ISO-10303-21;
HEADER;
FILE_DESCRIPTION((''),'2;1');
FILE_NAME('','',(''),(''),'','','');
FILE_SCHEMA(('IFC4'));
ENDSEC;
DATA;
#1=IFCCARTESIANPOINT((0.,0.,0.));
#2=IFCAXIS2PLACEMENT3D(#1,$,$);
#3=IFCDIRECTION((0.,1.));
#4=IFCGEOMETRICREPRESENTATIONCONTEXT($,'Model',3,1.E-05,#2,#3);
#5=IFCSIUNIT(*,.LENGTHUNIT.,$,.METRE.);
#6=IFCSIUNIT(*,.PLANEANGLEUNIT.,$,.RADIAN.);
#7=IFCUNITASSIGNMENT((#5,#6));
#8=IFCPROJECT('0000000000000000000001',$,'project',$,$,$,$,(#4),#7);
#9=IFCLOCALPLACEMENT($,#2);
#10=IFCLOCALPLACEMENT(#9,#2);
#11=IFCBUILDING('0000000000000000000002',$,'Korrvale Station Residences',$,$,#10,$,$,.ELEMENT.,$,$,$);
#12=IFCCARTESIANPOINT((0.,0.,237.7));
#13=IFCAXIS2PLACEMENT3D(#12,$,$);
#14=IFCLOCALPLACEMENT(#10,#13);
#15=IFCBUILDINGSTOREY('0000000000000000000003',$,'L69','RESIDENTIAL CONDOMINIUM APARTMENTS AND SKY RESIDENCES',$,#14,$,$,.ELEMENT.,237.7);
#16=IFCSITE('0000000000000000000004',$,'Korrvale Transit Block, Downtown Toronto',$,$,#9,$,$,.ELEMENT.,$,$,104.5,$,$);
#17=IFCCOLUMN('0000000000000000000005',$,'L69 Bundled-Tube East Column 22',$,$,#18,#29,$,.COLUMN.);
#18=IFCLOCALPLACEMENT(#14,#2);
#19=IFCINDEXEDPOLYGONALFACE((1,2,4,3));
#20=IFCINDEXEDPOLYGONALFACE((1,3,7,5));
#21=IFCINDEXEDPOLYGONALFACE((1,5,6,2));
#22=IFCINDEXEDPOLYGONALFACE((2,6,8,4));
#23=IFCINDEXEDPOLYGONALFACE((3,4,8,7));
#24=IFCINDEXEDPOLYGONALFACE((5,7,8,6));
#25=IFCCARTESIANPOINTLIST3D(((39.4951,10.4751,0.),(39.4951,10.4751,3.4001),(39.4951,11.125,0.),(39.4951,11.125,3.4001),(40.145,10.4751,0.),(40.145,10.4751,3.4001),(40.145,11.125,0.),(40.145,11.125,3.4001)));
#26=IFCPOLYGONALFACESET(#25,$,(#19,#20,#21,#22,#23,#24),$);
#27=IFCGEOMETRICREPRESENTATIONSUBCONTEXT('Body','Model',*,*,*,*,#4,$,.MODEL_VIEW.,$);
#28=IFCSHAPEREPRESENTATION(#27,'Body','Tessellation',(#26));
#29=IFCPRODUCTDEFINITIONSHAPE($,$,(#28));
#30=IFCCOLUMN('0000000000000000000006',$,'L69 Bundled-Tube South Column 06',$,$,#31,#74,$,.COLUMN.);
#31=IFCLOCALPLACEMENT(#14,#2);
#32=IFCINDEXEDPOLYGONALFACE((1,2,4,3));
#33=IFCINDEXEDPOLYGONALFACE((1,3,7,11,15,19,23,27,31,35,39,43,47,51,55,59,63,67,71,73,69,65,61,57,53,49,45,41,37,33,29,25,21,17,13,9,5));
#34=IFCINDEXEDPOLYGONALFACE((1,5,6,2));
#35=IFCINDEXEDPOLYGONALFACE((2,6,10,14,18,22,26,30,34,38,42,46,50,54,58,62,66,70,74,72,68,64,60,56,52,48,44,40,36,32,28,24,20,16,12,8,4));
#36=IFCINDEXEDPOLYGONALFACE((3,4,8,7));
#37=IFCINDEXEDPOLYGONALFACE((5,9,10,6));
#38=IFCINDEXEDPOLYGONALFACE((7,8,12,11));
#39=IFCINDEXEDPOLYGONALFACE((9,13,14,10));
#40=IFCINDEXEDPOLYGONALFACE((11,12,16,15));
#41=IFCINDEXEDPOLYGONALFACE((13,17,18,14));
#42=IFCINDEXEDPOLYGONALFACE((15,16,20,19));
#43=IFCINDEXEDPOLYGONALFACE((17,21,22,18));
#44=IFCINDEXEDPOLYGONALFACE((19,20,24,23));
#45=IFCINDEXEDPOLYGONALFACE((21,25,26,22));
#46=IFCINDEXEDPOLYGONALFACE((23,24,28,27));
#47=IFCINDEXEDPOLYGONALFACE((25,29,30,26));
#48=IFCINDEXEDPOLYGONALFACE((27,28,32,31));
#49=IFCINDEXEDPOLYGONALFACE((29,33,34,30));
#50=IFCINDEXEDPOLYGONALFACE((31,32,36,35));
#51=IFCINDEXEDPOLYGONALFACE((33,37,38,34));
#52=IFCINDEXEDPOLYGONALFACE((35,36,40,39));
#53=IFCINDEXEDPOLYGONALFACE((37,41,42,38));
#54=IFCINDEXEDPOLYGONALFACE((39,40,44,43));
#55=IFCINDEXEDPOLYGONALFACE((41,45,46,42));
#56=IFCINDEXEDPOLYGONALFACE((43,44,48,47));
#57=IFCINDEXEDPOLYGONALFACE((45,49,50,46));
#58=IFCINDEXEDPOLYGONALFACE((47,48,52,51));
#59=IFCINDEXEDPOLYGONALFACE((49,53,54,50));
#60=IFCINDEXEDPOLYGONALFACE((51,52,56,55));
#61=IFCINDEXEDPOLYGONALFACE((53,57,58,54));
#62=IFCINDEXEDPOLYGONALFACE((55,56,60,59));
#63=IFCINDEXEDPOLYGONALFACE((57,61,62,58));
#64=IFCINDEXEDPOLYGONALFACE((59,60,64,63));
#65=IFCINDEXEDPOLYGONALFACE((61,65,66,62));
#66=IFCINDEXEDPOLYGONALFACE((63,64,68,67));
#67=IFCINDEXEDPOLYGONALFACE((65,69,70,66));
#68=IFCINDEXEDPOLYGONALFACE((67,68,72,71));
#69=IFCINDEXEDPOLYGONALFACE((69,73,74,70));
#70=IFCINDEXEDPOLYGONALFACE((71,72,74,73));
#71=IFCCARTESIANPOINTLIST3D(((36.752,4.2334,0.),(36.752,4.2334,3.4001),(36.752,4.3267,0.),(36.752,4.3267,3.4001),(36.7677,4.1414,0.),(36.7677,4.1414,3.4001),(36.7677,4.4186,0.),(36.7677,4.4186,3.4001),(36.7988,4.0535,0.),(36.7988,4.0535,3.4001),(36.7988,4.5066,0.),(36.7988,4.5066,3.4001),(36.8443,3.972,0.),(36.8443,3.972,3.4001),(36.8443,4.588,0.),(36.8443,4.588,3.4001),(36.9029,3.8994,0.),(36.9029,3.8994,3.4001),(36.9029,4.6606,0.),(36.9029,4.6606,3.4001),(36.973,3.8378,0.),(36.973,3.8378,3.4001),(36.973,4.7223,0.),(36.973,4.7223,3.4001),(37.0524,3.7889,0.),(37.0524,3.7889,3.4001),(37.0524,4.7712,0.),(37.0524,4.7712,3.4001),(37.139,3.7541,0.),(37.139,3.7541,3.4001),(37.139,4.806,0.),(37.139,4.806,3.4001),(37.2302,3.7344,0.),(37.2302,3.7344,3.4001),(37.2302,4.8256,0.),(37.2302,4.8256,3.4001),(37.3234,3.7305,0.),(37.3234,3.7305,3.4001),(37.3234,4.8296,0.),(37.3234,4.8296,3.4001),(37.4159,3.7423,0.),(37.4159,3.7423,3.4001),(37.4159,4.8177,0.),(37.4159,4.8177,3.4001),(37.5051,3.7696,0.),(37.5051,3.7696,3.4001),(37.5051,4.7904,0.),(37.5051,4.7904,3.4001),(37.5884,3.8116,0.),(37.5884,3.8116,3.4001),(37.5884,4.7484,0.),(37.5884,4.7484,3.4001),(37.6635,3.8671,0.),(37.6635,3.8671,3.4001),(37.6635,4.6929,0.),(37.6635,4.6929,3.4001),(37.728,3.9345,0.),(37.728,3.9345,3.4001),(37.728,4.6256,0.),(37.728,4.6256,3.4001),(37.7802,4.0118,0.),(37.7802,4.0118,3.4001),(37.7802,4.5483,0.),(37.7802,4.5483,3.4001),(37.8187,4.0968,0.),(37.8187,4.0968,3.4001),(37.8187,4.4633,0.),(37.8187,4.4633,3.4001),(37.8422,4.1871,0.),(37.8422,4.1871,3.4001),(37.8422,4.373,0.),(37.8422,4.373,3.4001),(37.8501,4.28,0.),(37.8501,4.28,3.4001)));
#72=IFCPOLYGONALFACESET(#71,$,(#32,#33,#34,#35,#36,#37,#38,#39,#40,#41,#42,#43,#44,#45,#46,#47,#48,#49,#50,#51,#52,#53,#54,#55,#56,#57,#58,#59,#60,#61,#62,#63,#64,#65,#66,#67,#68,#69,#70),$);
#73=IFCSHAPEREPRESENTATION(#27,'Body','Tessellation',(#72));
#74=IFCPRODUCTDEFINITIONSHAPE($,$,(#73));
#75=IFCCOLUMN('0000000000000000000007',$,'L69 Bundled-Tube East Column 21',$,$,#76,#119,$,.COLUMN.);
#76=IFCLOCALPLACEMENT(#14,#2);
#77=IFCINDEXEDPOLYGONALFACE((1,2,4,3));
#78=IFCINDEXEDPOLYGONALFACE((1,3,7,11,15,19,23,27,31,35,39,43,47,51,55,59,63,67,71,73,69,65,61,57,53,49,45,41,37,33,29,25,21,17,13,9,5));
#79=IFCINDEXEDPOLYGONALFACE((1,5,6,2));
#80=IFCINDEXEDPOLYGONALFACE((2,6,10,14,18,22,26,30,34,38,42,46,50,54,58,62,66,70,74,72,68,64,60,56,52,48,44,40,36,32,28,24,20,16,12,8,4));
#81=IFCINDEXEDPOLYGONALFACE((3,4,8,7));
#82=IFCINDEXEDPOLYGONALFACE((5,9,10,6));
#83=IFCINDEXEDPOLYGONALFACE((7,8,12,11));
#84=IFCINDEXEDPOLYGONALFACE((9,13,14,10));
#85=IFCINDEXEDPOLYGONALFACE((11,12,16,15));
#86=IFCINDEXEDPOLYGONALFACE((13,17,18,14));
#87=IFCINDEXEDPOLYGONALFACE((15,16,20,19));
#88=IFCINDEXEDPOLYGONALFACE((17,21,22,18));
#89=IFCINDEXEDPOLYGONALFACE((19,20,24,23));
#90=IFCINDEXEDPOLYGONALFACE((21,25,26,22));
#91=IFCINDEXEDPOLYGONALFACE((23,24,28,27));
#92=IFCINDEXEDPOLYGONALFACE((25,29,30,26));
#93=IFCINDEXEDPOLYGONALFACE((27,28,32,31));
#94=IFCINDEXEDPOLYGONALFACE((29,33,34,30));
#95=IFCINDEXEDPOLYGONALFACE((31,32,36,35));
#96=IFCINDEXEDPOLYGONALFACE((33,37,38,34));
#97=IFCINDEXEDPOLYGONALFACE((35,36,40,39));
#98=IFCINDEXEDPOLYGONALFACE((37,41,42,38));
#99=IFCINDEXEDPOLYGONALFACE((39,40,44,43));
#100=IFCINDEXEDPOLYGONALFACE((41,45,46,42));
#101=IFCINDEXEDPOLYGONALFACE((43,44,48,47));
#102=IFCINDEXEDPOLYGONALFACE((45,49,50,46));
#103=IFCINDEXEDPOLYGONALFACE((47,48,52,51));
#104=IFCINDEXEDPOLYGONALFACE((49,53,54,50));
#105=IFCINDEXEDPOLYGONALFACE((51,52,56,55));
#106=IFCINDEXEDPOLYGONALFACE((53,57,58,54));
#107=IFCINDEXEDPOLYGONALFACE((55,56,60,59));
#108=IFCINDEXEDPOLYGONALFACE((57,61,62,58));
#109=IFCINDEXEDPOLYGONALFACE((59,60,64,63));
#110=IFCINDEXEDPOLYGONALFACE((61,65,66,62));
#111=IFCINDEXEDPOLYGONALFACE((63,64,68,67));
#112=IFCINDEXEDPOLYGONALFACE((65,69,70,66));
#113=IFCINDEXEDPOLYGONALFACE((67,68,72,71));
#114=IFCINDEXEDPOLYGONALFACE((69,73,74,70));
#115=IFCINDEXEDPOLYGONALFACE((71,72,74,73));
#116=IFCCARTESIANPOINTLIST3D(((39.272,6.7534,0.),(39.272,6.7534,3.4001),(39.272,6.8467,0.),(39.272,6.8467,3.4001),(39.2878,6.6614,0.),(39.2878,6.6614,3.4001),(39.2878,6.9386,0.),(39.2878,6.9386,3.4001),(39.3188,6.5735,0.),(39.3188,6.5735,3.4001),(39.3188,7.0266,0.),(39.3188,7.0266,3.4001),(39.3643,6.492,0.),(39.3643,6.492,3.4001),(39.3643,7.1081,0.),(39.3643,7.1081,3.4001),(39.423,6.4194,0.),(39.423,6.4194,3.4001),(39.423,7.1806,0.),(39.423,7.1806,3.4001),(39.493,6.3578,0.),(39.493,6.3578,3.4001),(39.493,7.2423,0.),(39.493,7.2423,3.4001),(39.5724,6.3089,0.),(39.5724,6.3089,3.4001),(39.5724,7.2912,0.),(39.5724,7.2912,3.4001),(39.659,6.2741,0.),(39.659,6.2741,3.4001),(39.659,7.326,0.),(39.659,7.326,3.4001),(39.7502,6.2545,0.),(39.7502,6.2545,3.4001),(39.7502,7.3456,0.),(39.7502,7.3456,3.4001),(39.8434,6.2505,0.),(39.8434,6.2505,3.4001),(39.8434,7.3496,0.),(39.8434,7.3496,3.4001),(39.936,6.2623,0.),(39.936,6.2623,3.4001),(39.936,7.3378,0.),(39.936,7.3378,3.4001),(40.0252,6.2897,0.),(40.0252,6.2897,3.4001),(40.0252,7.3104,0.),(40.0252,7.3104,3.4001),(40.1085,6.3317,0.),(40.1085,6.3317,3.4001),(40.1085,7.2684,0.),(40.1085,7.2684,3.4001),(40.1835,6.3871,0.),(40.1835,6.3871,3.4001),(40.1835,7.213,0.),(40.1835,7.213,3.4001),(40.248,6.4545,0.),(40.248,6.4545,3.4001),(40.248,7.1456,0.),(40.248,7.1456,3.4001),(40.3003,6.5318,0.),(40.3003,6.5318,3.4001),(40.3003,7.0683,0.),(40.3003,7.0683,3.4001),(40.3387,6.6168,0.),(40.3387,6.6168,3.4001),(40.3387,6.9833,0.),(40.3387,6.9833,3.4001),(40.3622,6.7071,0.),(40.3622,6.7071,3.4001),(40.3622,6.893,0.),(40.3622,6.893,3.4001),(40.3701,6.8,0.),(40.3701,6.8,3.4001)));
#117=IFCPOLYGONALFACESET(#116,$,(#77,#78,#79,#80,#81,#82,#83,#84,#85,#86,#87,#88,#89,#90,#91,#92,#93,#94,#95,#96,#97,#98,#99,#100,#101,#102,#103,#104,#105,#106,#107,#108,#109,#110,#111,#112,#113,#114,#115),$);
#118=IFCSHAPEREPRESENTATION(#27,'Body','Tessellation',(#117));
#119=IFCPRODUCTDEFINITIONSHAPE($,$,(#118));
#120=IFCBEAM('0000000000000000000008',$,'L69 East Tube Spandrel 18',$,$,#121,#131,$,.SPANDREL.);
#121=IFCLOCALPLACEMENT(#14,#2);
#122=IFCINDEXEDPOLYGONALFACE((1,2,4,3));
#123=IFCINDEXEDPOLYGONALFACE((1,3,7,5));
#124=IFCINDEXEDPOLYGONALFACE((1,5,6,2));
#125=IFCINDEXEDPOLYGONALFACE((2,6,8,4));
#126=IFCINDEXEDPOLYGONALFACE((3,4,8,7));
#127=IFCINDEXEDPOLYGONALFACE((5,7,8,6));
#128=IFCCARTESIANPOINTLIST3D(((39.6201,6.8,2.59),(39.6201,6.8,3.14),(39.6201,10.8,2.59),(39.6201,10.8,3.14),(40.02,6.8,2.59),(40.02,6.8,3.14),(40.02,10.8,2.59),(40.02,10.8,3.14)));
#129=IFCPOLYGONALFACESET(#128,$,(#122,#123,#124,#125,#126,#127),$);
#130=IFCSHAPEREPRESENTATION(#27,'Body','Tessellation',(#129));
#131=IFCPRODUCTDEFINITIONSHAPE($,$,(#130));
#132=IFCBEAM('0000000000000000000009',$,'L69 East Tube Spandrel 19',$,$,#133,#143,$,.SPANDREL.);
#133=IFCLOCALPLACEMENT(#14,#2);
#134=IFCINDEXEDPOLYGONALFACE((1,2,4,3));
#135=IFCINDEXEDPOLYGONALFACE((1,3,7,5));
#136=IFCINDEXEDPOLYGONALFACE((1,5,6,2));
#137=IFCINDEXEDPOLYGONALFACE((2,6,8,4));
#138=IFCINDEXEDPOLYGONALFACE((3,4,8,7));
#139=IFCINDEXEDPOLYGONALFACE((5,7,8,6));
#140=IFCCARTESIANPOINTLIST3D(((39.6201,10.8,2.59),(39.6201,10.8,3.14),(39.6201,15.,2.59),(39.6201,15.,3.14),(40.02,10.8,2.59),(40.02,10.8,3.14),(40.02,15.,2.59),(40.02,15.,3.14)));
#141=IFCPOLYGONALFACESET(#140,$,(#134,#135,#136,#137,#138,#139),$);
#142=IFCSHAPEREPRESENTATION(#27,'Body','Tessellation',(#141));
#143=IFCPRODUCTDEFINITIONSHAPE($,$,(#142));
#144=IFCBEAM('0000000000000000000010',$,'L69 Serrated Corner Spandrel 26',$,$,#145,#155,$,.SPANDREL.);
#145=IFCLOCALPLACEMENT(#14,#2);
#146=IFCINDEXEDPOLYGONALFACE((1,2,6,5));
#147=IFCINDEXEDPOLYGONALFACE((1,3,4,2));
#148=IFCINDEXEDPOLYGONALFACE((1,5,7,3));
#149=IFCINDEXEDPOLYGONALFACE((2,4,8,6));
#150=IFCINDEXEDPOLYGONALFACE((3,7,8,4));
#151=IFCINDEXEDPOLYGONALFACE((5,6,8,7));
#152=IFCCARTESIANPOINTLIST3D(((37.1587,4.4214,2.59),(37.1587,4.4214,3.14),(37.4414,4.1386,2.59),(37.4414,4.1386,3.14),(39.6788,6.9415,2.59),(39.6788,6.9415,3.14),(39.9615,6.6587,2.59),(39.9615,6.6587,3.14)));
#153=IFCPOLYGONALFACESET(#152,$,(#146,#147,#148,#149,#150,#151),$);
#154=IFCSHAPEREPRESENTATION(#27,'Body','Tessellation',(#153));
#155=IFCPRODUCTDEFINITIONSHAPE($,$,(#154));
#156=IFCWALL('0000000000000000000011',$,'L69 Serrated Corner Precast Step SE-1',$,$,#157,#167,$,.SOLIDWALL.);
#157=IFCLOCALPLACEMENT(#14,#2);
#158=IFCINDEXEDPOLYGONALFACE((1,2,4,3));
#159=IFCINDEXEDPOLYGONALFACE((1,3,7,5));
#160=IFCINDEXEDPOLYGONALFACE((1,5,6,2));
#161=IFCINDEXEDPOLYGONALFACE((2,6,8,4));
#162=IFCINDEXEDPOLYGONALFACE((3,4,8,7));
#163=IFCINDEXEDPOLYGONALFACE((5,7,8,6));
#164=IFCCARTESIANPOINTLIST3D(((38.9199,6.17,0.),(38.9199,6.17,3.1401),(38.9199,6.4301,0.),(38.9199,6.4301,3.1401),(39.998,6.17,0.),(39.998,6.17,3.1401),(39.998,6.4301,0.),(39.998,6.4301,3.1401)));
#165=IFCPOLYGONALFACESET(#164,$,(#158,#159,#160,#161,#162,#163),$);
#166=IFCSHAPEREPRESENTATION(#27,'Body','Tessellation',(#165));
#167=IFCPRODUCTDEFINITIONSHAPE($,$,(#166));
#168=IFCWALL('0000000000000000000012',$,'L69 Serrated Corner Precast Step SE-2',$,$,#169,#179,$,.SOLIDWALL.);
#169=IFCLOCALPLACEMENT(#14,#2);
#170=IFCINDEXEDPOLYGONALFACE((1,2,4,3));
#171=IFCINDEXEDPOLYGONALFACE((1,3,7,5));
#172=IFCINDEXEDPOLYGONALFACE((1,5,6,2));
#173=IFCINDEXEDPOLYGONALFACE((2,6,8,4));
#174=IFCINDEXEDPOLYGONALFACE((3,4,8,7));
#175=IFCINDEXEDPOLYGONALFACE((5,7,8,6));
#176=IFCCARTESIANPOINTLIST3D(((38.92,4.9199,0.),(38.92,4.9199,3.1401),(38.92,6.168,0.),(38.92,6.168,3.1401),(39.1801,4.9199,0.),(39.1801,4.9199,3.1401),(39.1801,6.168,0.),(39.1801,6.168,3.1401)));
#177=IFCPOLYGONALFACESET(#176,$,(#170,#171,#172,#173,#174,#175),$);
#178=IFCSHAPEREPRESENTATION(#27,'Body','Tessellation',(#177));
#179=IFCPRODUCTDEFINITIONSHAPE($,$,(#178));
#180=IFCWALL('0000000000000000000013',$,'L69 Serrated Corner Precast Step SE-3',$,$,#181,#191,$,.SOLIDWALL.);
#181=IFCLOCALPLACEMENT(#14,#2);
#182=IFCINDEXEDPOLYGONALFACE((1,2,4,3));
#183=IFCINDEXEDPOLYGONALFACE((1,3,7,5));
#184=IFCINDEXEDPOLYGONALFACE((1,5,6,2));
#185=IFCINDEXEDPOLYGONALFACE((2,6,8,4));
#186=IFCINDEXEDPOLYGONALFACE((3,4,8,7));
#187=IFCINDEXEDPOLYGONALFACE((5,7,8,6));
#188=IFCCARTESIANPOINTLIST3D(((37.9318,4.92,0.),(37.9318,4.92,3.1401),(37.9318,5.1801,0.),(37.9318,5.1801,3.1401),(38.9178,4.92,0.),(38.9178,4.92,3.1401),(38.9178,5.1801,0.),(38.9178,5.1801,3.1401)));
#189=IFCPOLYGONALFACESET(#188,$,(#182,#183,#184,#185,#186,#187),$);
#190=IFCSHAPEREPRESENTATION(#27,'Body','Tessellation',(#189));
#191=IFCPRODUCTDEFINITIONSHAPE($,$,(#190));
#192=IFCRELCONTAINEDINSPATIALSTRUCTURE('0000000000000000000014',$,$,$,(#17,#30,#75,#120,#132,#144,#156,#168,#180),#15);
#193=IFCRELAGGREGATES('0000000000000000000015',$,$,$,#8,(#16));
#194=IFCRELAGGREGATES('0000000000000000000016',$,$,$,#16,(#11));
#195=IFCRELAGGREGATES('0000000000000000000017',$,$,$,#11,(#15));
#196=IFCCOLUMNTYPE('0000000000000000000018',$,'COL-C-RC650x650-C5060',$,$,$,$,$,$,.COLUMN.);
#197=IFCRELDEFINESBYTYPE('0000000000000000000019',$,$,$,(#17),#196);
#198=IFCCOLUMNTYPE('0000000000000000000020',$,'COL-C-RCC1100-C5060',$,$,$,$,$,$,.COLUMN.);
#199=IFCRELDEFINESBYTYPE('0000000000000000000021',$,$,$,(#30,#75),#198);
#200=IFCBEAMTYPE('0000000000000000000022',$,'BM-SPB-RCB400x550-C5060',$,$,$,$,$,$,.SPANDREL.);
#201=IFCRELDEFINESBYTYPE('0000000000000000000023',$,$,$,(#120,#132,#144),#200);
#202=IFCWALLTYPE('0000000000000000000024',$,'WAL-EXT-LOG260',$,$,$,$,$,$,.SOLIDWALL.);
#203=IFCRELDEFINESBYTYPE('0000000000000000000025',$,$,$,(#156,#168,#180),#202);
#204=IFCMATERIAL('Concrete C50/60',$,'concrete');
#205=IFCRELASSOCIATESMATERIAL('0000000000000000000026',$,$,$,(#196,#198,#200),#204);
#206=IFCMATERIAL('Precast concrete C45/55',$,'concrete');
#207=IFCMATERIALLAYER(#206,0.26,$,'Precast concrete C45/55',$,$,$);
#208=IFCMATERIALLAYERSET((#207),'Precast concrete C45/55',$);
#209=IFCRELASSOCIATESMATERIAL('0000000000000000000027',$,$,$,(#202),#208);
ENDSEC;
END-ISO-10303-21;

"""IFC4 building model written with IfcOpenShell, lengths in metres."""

from ifc_helpers import new_model, si_unit, direction, frame, frame_2d, origin, origin_2d, place, context, subcontext, project, spatial, rectangle, circle, extrude, material, layer, layer_set, material_profile, profile_set, type_object, element, save


model = new_model("IFC4")

# Units and contexts
model_context = context("Model", 3, precision=1e-05, world=origin(), true_north=direction((0.0, 1.0)))
body_context = subcontext(model_context, "Body", "Model", "MODEL_VIEW")
ifc_project = project(units=[si_unit("LENGTHUNIT", "METRE"), si_unit("PLANEANGLEUNIT", "RADIAN")], contexts=[model_context])

# Site, building, storey
site_placement = place(None, origin())
site = spatial("IfcSite", under=ifc_project, at=site_placement, Name="Korrvale Transit Block, Downtown Toronto", CompositionType="ELEMENT", RefElevation=104.5)
building_placement = place(site_placement, origin())
building = spatial("IfcBuilding", under=site, at=building_placement, Name="Korrvale Station Residences", CompositionType="ELEMENT")
storey_placement = place(building_placement, frame((0.0, 0.0, 237.7)))
storey = spatial("IfcBuildingStorey", under=building, at=storey_placement, Name="L69", Description="RESIDENTIAL CONDOMINIUM APARTMENTS AND SKY RESIDENCES", CompositionType="ELEMENT", Elevation=237.7)

# Columns
ifc_material_1 = material(Name="Concrete C50/60", Category="concrete")
ifc_material_profile_1 = material_profile(ifc_material_1, rectangle(XDim=0.6499, YDim=0.6499, at=origin_2d()), Name="RC650x650")
ifc_profile_set_1 = profile_set([ifc_material_profile_1], Name="Concrete C50/60")
column_type_1 = type_object("IfcColumnType", Name="COL-C-RC650x650-C5060", PredefinedType="COLUMN", material=ifc_profile_set_1)
column_placement = place(storey_placement, frame((39.8201, 10.8, 0.0), z_axis=(0.0, 0.0, 1.0), x_axis=(1.0, 0.0, 0.0)))
element("IfcColumn", 1, at=column_placement, inside=storey, type_object=column_type_1, Name="L69 Bundled-Tube East Column 22", PredefinedType="COLUMN", context=body_context, shape_type="SweptSolid", body=[
    extrude(rectangle(XDim=0.6499, YDim=0.6499, at=origin_2d()), origin(), (0.0, 0.0, 1.0), 3.4001),
])
ifc_material_profile_2 = material_profile(ifc_material_1, circle(Radius=0.55, at=origin_2d()), Name="RCC1100")
ifc_profile_set_2 = profile_set([ifc_material_profile_2], Name="Concrete C50/60")
column_type_2 = type_object("IfcColumnType", Name="COL-C-RCC1100-C5060", PredefinedType="COLUMN", material=ifc_profile_set_2)
for number, where, z_axis, x_axis, name in (
    (2, (37.3, 4.28, 0.0), (0.0, 0.0, 1.0), (1.0, 0.0, 0.0), "L69 Bundled-Tube South Column 06"),
    (3, (39.8201, 6.8, 0.0), (0.0, 0.0, 1.0), (1.0, 0.0, 0.0), "L69 Bundled-Tube East Column 21"),
):
    element("IfcColumn", number, at=place(storey_placement, frame(where, z_axis=z_axis, x_axis=x_axis)), inside=storey, type_object=column_type_2, Name=name, PredefinedType="COLUMN", context=body_context, shape_type="SweptSolid", body=[
        extrude(circle(Radius=0.55, at=origin_2d()), origin(), (0.0, 0.0, 1.0), 3.4001),
    ])

# Beams
ifc_material_profile_3 = material_profile(ifc_material_1, rectangle(XDim=0.3999, YDim=0.55, at=origin_2d()), Name="RCB400x550")
ifc_profile_set_3 = profile_set([ifc_material_profile_3], Name="Concrete C50/60")
beam_type = type_object("IfcBeamType", Name="BM-SPB-RCB400x550-C5060", PredefinedType="SPANDREL", material=ifc_profile_set_3)
beam_1_placement = place(storey_placement, frame((39.8201, 6.8, 2.865), z_axis=(0.0, 1.0, 0.0), x_axis=(-1.0, 0.0, 0.0)))
element("IfcBeam", 4, at=beam_1_placement, inside=storey, type_object=beam_type, Name="L69 East Tube Spandrel 18", PredefinedType="SPANDREL", context=body_context, shape_type="SweptSolid", body=[
    extrude(rectangle(XDim=0.3999, YDim=0.55, at=origin_2d()), origin(), (0.0, 0.0, 1.0), 4.0),
])
beam_2_placement = place(storey_placement, frame((39.8201, 10.8, 2.865), z_axis=(0.0, 1.0, 0.0), x_axis=(-1.0, 0.0, 0.0)))
element("IfcBeam", 5, at=beam_2_placement, inside=storey, type_object=beam_type, Name="L69 East Tube Spandrel 19", PredefinedType="SPANDREL", context=body_context, shape_type="SweptSolid", body=[
    extrude(rectangle(XDim=0.3999, YDim=0.55, at=origin_2d()), origin(), (0.0, 0.0, 1.0), 4.2),
])
beam_3_placement = place(storey_placement, frame((37.3, 4.28, 2.865), z_axis=(0.707107, 0.707107, 0.0), x_axis=(-0.707107, 0.707107, 0.0)))
element("IfcBeam", 6, at=beam_3_placement, inside=storey, type_object=beam_type, Name="L69 Serrated Corner Spandrel 26", PredefinedType="SPANDREL", context=body_context, shape_type="SweptSolid", body=[
    extrude(rectangle(XDim=0.3999, YDim=0.55, at=origin_2d()), origin(), (0.0, 0.0, 1.0), 3.564),
])

# Walls
ifc_material_2 = material(Name="Precast concrete C45/55", Category="concrete")
ifc_layer_1 = layer(ifc_material_2, 0.26, Name="Precast concrete C45/55")
ifc_layer_set_1 = layer_set([ifc_layer_1], Name="Precast concrete C45/55")
wall_type_1 = type_object("IfcWallType", Name="WAL-EXT-LOG260", PredefinedType="SOLIDWALL", material=ifc_layer_set_1)
wall_1_placement = place(storey_placement, frame((39.998, 6.3, 0.0), z_axis=(0.0, 0.0, 1.0), x_axis=(-1.0, 0.0, 0.0)))
element("IfcWall", 7, at=wall_1_placement, inside=storey, type_object=wall_type_1, Name="L69 Serrated Corner Precast Step SE-1", PredefinedType="SOLIDWALL", context=body_context, shape_type="SweptSolid", body=[
    extrude(rectangle(XDim=1.0781, YDim=0.26, at=frame_2d((0.5391, 0.0))), origin(), (0.0, 0.0, 1.0), 3.1401),
])
wall_2_placement = place(storey_placement, frame((39.05, 6.168, 0.0), z_axis=(0.0, 0.0, 1.0), x_axis=(0.0, -1.0, 0.0)))
element("IfcWall", 8, at=wall_2_placement, inside=storey, type_object=wall_type_1, Name="L69 Serrated Corner Precast Step SE-2", PredefinedType="SOLIDWALL", context=body_context, shape_type="SweptSolid", body=[
    extrude(rectangle(XDim=1.248, YDim=0.26, at=frame_2d((0.624, 0.0))), origin(), (0.0, 0.0, 1.0), 3.1401),
])
wall_3_placement = place(storey_placement, frame((38.918, 5.05, 0.0), z_axis=(0.0, 0.0, 1.0), x_axis=(-1.0, 0.0, 0.0)))
element("IfcWall", 9, at=wall_3_placement, inside=storey, type_object=wall_type_1, Name="L69 Serrated Corner Precast Step SE-3", PredefinedType="SOLIDWALL", context=body_context, shape_type="SweptSolid", body=[
    extrude(rectangle(XDim=0.9861, YDim=0.26, at=frame_2d((0.4932, 0.0))), origin(), (0.0, 0.0, 1.0), 3.1401),
])

save(model, "model.ifc")
